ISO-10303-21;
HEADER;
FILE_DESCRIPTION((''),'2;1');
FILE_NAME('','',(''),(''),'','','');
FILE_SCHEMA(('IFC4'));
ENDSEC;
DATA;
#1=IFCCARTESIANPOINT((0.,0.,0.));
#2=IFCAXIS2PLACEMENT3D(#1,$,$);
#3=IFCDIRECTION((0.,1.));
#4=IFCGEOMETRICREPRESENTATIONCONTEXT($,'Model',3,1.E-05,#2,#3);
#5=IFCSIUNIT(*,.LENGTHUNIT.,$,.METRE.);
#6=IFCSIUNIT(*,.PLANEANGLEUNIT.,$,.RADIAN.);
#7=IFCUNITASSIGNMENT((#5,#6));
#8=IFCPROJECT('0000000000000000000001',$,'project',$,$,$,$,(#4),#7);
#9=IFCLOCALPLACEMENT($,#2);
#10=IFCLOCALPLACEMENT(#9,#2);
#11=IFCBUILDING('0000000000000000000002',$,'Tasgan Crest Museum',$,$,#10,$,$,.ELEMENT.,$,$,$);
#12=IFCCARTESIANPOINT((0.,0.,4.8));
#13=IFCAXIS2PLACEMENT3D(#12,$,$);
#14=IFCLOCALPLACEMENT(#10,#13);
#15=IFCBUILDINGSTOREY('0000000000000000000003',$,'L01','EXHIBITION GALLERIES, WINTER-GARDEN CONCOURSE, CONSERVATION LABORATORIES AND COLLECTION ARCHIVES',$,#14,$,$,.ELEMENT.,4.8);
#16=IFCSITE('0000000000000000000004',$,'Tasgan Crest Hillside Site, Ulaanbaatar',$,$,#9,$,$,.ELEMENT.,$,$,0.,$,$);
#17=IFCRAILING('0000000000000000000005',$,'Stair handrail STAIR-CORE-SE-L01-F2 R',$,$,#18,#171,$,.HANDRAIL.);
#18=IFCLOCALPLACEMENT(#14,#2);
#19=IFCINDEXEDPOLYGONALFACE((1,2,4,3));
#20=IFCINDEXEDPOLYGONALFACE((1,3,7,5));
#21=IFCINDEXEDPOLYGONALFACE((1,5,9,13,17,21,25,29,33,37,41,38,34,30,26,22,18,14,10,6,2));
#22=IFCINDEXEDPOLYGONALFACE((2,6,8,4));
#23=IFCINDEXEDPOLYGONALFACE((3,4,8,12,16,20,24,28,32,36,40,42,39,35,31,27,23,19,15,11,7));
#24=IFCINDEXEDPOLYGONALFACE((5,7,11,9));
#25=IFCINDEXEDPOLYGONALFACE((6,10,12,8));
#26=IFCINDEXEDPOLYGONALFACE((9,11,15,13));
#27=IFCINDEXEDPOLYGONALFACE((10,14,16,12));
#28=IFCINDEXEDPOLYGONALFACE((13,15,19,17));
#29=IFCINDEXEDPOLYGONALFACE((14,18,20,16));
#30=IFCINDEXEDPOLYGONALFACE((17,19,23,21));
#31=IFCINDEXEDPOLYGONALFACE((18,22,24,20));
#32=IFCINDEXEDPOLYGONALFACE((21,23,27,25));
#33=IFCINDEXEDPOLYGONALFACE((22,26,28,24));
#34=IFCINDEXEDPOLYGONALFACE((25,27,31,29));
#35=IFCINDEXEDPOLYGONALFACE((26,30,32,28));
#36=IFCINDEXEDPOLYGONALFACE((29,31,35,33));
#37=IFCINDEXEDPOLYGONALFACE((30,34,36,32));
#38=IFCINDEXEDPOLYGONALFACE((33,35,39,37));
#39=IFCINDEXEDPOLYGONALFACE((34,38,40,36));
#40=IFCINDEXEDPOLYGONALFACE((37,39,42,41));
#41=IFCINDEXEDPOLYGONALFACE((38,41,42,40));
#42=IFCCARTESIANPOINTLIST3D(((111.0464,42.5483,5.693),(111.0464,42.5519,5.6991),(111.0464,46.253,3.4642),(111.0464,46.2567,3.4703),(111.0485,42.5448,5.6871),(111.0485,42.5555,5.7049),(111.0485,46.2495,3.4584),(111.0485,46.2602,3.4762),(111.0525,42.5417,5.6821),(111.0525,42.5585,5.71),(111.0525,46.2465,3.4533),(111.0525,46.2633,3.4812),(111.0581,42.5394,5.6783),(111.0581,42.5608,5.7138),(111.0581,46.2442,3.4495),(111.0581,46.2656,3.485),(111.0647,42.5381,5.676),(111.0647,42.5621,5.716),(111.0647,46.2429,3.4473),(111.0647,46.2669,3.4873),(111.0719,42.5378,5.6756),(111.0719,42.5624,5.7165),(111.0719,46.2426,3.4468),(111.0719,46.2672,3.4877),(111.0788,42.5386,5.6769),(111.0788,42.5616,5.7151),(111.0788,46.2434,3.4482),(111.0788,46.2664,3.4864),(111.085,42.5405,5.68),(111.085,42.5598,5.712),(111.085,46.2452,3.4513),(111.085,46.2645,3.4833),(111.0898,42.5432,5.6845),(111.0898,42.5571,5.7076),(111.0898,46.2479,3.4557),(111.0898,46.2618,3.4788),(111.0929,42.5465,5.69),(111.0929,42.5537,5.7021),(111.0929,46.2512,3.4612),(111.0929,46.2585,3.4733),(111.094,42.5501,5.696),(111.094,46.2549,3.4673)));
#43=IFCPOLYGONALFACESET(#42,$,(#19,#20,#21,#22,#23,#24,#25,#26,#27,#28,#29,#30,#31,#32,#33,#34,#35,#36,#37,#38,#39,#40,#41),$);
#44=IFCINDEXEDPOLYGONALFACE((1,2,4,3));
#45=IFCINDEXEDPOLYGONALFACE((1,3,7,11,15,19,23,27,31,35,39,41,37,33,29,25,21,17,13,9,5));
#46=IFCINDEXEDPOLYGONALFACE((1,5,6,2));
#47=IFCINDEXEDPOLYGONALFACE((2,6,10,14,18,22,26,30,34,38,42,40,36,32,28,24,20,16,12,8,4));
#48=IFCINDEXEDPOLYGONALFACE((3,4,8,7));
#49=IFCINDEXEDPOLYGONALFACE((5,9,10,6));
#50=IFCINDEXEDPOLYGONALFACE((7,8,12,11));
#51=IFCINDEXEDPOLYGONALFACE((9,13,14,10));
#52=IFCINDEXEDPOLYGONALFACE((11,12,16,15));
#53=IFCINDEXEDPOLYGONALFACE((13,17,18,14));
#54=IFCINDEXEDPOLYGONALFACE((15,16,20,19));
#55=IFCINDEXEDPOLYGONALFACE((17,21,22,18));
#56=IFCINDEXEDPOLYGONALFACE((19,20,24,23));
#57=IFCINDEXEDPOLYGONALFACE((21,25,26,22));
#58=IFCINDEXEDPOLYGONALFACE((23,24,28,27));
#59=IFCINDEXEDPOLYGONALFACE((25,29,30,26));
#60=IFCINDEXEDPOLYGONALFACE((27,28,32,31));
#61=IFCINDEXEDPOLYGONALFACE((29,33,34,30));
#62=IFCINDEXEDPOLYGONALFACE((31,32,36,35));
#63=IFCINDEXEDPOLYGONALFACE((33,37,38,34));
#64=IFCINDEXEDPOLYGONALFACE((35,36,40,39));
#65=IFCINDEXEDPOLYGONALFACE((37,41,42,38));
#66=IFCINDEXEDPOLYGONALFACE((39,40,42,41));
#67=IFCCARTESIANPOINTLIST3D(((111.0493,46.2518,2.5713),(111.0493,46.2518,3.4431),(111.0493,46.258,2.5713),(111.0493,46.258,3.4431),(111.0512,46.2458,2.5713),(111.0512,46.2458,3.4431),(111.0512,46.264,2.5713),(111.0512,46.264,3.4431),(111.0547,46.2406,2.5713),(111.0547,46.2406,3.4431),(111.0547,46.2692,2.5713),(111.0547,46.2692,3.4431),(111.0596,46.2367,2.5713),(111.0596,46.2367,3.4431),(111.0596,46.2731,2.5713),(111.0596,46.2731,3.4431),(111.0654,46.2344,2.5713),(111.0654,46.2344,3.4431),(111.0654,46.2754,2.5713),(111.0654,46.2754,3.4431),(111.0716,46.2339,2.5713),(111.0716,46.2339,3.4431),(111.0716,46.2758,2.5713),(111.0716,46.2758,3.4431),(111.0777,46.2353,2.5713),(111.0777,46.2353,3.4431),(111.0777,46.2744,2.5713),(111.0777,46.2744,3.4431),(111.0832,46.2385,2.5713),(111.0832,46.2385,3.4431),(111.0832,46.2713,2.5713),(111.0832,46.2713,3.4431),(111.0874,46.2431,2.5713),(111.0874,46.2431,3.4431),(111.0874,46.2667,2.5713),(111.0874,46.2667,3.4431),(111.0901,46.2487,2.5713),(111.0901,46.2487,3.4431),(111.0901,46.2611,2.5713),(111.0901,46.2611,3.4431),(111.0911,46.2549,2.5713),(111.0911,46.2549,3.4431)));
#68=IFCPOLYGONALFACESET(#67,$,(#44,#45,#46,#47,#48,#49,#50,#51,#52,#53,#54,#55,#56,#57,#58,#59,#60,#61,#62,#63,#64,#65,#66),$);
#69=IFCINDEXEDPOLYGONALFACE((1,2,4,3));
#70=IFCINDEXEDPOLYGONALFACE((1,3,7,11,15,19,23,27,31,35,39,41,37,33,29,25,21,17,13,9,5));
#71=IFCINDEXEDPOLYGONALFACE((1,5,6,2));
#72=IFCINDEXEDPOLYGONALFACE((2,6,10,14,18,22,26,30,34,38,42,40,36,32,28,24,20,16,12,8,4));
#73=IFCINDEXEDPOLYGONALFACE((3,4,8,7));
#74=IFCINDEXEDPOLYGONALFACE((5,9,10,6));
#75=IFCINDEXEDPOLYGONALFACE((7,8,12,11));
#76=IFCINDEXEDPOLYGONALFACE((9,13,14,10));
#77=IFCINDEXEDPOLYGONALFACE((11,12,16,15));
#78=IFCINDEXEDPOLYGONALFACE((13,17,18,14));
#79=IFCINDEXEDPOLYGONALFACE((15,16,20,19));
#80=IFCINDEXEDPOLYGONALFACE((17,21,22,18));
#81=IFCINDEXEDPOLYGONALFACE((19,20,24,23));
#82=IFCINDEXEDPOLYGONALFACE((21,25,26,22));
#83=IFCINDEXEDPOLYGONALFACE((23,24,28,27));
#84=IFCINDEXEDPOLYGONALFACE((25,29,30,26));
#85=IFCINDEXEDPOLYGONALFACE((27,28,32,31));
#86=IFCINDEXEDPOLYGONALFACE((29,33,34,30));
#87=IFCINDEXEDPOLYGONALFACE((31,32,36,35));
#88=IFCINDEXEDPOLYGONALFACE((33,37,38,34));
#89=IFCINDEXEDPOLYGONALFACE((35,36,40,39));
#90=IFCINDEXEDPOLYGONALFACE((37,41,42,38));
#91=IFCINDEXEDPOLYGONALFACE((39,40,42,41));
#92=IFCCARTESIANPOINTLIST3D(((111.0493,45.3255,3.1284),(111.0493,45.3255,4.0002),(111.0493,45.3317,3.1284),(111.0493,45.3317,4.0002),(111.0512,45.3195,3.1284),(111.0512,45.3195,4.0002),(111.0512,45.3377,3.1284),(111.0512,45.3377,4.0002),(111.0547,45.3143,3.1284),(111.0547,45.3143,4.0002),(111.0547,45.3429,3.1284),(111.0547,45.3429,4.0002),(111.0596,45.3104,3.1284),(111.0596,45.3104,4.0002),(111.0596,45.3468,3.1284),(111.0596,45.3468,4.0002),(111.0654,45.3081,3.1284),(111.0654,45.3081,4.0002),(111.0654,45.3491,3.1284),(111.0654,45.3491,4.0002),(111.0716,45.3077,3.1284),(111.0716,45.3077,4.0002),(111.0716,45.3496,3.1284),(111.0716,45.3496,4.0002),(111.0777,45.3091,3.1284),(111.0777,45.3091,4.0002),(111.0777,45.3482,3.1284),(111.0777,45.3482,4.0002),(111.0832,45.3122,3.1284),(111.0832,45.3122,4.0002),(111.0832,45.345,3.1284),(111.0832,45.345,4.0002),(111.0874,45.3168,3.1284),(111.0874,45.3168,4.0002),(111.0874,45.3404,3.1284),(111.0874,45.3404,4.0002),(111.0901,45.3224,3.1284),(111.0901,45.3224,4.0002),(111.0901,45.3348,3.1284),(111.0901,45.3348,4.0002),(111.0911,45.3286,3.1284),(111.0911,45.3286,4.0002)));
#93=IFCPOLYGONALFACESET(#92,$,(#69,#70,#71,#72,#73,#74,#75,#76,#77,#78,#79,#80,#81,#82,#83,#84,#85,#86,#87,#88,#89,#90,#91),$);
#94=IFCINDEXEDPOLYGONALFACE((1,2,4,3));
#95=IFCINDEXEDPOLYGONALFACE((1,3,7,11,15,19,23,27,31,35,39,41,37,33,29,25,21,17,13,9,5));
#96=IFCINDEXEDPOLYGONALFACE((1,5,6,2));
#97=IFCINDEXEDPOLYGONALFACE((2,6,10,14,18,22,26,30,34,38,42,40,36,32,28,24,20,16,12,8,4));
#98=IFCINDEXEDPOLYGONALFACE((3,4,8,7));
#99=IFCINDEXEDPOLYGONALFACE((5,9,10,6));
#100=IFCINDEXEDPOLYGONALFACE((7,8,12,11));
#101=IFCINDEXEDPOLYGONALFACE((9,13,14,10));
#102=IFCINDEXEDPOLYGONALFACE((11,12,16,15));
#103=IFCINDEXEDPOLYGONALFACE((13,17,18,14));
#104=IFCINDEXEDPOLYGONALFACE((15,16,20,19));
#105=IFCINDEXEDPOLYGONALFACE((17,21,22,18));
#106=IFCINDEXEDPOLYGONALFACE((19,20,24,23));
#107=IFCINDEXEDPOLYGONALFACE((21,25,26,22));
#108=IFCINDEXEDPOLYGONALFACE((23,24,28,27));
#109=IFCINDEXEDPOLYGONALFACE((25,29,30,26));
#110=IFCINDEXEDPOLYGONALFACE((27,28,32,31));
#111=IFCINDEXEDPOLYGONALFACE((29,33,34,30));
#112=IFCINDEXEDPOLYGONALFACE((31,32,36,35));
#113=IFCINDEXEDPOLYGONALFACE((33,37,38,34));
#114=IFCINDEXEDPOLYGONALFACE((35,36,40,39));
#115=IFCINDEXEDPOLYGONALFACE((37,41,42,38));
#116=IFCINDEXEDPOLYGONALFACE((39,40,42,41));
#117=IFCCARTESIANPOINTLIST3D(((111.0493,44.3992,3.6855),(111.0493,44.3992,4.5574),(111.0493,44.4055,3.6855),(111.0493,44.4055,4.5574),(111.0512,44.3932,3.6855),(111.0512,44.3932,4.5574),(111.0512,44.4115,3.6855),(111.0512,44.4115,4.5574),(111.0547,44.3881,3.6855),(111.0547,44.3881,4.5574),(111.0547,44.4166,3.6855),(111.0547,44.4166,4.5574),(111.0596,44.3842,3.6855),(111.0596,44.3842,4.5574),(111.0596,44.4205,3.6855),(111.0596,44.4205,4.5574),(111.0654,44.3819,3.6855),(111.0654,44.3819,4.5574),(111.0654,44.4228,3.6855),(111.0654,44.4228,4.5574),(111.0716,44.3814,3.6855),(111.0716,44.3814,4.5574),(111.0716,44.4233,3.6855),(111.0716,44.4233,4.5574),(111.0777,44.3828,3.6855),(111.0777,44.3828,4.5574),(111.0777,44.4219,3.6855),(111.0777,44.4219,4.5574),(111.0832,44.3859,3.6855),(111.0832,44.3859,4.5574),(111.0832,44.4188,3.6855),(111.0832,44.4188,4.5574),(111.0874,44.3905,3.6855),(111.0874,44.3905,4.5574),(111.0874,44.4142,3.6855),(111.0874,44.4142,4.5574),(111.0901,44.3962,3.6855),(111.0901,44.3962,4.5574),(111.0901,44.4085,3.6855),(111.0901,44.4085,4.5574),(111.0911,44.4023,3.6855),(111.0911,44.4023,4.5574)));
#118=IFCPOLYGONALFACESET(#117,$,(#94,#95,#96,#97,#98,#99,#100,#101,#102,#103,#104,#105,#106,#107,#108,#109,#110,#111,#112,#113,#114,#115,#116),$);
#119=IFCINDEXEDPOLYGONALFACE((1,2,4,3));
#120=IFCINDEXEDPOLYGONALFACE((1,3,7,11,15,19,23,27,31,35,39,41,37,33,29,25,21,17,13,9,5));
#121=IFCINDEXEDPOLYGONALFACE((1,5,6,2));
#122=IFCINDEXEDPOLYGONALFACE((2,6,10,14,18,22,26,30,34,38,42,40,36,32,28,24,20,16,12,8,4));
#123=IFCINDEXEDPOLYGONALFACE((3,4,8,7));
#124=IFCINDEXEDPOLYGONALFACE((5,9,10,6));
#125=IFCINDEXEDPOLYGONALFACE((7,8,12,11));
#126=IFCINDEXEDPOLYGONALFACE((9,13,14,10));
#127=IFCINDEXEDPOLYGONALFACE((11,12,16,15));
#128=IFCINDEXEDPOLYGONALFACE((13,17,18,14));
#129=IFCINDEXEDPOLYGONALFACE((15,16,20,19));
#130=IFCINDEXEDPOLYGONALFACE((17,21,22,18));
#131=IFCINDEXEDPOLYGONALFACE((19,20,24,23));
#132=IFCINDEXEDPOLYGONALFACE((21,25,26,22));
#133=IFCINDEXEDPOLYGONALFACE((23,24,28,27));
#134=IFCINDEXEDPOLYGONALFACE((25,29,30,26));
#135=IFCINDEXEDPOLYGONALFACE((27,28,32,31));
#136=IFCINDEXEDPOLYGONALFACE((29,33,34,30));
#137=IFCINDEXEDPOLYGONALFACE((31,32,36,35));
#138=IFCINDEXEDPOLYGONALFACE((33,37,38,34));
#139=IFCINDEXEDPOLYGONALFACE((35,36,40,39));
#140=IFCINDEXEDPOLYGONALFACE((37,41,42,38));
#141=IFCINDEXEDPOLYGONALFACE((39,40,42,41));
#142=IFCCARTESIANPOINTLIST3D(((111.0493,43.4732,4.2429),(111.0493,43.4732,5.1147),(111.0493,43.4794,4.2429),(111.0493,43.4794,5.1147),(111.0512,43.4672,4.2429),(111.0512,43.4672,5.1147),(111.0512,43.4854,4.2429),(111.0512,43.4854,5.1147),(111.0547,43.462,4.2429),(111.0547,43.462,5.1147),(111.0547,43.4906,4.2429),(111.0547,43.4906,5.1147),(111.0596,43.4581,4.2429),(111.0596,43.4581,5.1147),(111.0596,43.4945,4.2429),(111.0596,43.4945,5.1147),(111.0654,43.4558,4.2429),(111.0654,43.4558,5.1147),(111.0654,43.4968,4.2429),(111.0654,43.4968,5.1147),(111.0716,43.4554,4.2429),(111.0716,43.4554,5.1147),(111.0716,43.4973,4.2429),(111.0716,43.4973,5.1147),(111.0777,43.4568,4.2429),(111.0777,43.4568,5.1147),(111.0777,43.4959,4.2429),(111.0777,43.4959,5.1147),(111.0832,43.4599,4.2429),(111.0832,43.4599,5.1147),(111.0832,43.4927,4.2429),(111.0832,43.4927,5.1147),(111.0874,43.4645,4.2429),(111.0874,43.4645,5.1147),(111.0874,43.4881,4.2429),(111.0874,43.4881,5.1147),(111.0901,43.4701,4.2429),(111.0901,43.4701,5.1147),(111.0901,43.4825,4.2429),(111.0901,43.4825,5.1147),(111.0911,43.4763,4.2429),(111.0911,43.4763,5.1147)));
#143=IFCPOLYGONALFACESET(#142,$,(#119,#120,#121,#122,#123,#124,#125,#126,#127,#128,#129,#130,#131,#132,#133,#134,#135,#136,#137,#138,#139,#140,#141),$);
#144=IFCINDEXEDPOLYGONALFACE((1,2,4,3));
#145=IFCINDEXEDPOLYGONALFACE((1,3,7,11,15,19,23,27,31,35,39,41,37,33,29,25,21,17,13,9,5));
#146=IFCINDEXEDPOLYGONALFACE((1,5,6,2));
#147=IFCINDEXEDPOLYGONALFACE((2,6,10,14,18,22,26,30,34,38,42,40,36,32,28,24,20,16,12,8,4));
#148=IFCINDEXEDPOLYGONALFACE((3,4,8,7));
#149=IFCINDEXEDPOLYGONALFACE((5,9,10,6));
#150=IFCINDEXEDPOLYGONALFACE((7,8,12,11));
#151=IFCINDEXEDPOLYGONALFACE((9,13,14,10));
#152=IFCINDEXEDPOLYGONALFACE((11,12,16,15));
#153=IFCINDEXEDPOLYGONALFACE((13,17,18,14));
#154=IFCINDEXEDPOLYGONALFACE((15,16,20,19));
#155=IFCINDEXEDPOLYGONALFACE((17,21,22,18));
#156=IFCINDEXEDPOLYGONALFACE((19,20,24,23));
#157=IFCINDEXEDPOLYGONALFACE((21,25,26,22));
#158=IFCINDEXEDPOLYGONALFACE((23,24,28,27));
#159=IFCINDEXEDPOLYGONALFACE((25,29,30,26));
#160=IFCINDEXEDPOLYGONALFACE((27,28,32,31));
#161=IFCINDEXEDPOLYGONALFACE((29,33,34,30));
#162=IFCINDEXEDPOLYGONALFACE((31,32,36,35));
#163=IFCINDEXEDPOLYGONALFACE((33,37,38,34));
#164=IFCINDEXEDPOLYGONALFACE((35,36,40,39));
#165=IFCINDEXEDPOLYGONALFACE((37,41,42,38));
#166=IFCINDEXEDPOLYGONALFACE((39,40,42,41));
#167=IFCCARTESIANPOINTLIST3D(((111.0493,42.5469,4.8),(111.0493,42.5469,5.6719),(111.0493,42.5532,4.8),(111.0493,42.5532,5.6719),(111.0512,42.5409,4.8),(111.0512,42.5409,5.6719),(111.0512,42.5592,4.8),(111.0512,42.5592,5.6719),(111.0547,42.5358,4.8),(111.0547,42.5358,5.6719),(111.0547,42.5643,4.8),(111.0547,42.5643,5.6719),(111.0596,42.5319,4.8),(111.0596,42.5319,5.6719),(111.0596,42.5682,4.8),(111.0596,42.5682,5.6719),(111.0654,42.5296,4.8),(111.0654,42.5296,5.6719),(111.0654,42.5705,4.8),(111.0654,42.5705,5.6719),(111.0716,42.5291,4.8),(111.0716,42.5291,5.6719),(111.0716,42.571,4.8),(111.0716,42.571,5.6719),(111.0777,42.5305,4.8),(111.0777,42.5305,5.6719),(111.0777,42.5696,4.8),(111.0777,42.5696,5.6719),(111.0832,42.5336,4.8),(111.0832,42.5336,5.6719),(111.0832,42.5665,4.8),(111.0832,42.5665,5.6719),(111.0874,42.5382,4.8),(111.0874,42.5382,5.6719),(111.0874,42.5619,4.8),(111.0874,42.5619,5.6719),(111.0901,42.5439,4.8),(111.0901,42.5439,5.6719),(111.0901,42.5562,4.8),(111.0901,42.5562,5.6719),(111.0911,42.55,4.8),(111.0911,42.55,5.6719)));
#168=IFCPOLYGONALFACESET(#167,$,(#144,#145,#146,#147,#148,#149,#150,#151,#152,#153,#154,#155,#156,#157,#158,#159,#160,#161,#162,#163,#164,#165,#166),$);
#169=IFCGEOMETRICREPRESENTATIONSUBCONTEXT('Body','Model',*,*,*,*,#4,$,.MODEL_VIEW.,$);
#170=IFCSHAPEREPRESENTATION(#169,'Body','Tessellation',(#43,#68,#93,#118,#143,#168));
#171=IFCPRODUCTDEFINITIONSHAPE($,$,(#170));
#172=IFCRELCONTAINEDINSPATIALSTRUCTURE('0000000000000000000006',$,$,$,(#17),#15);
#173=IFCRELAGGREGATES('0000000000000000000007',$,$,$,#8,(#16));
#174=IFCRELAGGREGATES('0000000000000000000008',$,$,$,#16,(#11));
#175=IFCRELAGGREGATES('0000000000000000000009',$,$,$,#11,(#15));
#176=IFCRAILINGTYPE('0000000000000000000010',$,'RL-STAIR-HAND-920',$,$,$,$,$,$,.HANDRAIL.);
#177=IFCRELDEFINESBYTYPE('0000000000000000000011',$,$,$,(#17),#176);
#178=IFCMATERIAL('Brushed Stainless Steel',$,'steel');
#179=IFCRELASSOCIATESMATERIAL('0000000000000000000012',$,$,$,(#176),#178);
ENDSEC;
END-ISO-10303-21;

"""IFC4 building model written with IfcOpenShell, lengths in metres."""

from ifc_helpers import new_model, si_unit, direction, frame, origin, origin_2d, place, context, subcontext, project, spatial, circle, extrude, material, type_object, element, save


model = new_model("IFC4")

# Units and contexts
model_context = context("Model", 3, precision=1e-05, world=origin(), true_north=direction((0.0, 1.0)))
body_context = subcontext(model_context, "Body", "Model", "MODEL_VIEW")
ifc_project = project(units=[si_unit("LENGTHUNIT", "METRE"), si_unit("PLANEANGLEUNIT", "RADIAN")], contexts=[model_context])

# Site, building, storey
site_placement = place(None, origin())
site = spatial("IfcSite", under=ifc_project, at=site_placement, Name="Tasgan Crest Hillside Site, Ulaanbaatar", CompositionType="ELEMENT", RefElevation=0.0)
building_placement = place(site_placement, origin())
building = spatial("IfcBuilding", under=site, at=building_placement, Name="Tasgan Crest Museum", CompositionType="ELEMENT")
storey_placement = place(building_placement, frame((0.0, 0.0, 4.8)))
storey = spatial("IfcBuildingStorey", under=building, at=storey_placement, Name="L01", Description="EXHIBITION GALLERIES, WINTER-GARDEN CONCOURSE, CONSERVATION LABORATORIES AND COLLECTION ARCHIVES", CompositionType="ELEMENT", Elevation=4.8)

# Railing
ifc_material_1 = material(Name="Brushed Stainless Steel", Category="steel")
railing_type_1 = type_object("IfcRailingType", Name="RL-STAIR-HAND-920", PredefinedType="HANDRAIL", material=ifc_material_1)
for number, where, name in (
    (1, (111.0701, 46.2549, 2.5713), "Stair handrail STAIR-CORE-SE-L01-F2 R"),
):
    element("IfcRailing", number, at=place(storey_placement, frame(where)), inside=storey, type_object=railing_type_1, Name=name, PredefinedType="HANDRAIL", context=body_context, shape_type="SweptSolid", body=[
        extrude(circle(Radius=0.0239, at=origin_2d()), frame((0.0, 0.0, 0.896), z_axis=(0.0, -0.856894, 0.515492), x_axis=(1.0, 0.0, 0.0)), (0.0, 0.0, 1.0), 4.3235),
        extrude(circle(Radius=0.021, at=origin_2d()), origin(), (0.0, 0.0, 1.0), 0.8718),
        extrude(circle(Radius=0.021, at=origin_2d()), frame((0.0, -0.9263, 0.5571)), (0.0, 0.0, 1.0), 0.8718),
        extrude(circle(Radius=0.021, at=origin_2d()), frame((0.0, -1.8525, 1.1143)), (0.0, 0.0, 1.0), 0.8718),
        extrude(circle(Radius=0.021, at=origin_2d()), frame((0.0, -2.7786, 1.6716)), (0.0, 0.0, 1.0), 0.8718),
        extrude(circle(Radius=0.021, at=origin_2d()), frame((0.0, -3.7048, 2.2288)), (0.0, 0.0, 1.0), 0.8718),
    ])

save(model, "model.ifc")
